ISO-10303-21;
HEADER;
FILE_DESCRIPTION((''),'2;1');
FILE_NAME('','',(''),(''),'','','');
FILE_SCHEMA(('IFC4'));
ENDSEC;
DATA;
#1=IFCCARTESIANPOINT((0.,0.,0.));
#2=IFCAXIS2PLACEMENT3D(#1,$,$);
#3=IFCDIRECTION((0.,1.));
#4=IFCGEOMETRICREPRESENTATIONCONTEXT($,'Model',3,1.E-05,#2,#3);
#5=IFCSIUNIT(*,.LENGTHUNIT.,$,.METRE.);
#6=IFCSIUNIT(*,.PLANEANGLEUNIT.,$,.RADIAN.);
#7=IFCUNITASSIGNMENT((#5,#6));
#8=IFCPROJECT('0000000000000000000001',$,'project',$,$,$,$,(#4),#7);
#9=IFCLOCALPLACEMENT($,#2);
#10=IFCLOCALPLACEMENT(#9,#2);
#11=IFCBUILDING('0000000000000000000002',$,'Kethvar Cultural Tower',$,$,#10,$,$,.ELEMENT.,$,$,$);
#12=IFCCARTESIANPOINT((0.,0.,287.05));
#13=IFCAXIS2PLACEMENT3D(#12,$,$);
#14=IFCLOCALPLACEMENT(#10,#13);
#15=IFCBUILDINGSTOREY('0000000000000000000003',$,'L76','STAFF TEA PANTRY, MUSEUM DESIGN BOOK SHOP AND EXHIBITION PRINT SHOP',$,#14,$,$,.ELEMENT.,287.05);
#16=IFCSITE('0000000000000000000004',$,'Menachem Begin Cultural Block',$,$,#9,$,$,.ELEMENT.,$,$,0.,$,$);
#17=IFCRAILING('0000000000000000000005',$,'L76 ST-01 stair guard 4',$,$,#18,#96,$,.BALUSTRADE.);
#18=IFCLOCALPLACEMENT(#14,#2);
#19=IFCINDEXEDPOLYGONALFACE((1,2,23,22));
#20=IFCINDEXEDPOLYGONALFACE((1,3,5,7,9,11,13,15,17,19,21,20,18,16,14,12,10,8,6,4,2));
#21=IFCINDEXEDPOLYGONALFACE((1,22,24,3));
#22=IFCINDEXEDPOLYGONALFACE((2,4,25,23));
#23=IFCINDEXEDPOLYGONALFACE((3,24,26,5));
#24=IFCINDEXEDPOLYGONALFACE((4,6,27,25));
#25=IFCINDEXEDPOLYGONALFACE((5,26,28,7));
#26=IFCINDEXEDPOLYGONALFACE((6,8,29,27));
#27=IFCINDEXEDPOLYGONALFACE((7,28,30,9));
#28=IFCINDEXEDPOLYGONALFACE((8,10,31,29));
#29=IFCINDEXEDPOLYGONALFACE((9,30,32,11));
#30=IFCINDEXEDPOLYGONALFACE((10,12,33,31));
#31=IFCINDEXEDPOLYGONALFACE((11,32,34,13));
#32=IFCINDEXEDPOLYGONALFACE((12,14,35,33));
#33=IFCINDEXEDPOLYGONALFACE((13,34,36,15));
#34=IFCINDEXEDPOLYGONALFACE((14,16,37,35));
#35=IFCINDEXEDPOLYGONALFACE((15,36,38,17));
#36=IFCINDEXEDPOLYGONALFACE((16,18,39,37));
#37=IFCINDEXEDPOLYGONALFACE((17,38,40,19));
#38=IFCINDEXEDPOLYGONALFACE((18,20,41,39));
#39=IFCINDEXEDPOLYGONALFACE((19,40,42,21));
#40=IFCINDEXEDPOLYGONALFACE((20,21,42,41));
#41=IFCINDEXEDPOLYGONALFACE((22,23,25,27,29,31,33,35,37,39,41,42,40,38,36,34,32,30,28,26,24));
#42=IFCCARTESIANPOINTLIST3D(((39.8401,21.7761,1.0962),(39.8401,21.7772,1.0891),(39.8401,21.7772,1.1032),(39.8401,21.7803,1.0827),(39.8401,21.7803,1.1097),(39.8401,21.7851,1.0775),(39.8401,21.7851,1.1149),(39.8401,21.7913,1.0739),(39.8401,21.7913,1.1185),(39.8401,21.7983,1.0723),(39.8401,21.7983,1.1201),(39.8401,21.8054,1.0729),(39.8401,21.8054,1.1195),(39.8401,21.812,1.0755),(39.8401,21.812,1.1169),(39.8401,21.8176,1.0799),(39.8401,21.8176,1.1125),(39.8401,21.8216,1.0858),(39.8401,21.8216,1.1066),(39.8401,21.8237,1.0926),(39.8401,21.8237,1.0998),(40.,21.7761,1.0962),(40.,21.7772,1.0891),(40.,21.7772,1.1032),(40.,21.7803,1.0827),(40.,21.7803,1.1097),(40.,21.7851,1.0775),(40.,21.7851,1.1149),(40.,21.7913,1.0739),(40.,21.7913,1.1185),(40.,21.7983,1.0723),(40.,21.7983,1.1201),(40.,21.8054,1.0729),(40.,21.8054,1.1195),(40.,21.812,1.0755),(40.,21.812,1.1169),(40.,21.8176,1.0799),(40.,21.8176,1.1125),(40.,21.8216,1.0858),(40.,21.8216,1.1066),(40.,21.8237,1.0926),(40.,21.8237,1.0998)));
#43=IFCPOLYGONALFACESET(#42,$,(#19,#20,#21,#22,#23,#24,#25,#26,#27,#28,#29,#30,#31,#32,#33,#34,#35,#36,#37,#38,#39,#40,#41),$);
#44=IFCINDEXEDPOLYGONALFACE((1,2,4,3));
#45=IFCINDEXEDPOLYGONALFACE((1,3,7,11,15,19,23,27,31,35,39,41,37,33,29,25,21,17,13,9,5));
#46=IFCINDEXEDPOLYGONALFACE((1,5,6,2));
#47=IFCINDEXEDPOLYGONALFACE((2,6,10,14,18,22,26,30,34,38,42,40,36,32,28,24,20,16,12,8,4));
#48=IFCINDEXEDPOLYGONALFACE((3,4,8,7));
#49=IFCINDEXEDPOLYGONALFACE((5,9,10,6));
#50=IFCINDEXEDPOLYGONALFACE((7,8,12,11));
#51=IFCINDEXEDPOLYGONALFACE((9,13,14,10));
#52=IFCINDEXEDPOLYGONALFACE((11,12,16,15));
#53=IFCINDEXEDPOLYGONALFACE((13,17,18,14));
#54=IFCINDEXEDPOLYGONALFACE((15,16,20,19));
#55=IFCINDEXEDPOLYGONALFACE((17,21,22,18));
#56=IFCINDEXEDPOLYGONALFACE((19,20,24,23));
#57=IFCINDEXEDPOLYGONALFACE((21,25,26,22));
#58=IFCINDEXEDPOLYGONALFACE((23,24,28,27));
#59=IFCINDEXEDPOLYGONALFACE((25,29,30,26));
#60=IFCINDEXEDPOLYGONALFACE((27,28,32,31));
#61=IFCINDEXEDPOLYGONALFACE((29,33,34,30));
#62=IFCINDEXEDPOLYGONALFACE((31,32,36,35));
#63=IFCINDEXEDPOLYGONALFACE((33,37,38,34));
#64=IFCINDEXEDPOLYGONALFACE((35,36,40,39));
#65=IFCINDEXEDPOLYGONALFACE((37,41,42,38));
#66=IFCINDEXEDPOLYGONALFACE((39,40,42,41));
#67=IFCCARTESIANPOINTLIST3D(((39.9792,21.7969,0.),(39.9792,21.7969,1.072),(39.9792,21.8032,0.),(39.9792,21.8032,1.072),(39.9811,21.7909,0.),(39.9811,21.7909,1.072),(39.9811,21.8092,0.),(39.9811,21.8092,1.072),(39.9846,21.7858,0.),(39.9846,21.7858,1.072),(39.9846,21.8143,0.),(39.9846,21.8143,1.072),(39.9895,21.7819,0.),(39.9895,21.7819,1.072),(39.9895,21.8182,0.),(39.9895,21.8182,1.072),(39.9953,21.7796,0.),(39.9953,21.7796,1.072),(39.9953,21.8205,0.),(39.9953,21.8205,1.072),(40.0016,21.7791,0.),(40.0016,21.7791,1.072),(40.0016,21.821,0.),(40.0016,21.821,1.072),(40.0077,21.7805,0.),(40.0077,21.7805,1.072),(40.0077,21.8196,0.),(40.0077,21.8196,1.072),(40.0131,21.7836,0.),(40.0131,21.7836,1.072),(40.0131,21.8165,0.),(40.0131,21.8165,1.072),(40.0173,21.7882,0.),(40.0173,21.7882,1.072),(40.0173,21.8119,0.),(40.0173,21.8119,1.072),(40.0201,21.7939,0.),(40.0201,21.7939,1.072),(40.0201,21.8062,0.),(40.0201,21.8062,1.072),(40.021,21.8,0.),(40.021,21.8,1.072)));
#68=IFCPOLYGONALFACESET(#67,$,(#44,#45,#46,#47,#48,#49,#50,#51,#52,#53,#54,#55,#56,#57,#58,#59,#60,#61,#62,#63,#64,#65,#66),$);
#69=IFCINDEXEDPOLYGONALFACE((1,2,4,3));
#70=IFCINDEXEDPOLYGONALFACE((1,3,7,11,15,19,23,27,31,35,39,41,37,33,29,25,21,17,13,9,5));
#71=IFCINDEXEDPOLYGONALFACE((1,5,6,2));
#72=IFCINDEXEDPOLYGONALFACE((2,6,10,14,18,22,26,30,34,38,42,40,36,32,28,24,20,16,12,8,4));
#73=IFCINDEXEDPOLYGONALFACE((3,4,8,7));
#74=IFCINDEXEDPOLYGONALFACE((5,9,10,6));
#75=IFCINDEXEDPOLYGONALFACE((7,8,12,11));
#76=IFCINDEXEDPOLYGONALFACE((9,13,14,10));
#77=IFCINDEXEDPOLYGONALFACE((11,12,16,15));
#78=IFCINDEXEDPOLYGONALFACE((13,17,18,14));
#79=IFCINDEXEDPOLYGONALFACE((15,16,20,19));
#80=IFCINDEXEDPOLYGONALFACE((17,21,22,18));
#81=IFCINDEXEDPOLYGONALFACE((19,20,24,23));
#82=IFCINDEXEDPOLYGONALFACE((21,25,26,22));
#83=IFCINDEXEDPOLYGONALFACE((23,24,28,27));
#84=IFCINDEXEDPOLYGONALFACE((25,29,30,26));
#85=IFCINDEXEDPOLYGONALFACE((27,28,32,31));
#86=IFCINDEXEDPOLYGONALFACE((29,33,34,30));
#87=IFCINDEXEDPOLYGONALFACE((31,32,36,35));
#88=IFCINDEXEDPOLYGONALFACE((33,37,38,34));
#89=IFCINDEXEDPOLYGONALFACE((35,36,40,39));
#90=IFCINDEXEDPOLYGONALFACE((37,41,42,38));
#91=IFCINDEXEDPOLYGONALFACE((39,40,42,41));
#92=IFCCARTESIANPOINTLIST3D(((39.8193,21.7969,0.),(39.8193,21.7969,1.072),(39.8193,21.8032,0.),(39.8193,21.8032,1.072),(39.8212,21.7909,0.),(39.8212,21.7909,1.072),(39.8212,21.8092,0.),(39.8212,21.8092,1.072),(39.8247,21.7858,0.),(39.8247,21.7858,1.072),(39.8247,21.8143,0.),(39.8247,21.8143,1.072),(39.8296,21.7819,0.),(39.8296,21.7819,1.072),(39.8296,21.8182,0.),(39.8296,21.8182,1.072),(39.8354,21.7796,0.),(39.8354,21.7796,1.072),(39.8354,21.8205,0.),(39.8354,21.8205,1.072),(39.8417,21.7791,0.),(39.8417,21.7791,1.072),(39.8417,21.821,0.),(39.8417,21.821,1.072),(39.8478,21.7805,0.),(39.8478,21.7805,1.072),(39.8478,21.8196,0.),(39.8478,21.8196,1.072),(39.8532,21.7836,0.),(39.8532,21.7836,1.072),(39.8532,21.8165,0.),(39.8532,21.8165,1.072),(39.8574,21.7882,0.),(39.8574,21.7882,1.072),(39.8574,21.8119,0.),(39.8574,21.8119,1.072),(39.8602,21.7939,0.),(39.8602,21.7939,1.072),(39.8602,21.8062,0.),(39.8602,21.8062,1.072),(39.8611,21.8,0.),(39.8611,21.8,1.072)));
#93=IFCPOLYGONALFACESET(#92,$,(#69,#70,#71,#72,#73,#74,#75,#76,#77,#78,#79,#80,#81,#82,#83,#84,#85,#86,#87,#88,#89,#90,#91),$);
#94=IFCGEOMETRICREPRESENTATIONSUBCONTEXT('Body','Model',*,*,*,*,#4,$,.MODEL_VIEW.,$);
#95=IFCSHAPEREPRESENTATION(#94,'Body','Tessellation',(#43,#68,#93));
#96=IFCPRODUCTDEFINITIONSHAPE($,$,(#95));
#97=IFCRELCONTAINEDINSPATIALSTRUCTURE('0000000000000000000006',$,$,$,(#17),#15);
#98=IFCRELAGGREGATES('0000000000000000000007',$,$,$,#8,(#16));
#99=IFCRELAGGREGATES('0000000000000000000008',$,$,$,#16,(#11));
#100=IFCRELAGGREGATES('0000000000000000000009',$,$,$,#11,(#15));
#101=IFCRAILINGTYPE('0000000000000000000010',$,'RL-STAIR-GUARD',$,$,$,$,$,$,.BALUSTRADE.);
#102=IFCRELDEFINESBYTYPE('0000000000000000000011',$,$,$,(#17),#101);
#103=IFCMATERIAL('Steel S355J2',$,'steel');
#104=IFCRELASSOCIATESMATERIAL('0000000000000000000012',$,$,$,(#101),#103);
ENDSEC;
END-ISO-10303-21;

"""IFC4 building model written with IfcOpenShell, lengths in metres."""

from ifc_helpers import new_model, si_unit, direction, frame, origin, origin_2d, place, context, subcontext, project, spatial, circle, extrude, material, type_object, element, save


model = new_model("IFC4")

# Units and contexts
model_context = context("Model", 3, precision=1e-05, world=origin(), true_north=direction((0.0, 1.0)))
body_context = subcontext(model_context, "Body", "Model", "MODEL_VIEW")
ifc_project = project(units=[si_unit("LENGTHUNIT", "METRE"), si_unit("PLANEANGLEUNIT", "RADIAN")], contexts=[model_context])

# Site, building, storey
site_placement = place(None, origin())
site = spatial("IfcSite", under=ifc_project, at=site_placement, Name="Menachem Begin Cultural Block", CompositionType="ELEMENT", RefElevation=0.0)
building_placement = place(site_placement, origin())
building = spatial("IfcBuilding", under=site, at=building_placement, Name="Kethvar Cultural Tower", CompositionType="ELEMENT")
storey_placement = place(building_placement, frame((0.0, 0.0, 287.05)))
storey = spatial("IfcBuildingStorey", under=building, at=storey_placement, Name="L76", Description="STAFF TEA PANTRY, MUSEUM DESIGN BOOK SHOP AND EXHIBITION PRINT SHOP", CompositionType="ELEMENT", Elevation=287.05)

# Shared definitions
ifc_material_1 = material(Name="Steel S355J2", Category="steel")

# Railing
railing_type_1 = type_object("IfcRailingType", Name="RL-STAIR-GUARD", PredefinedType="BALUSTRADE", material=ifc_material_1)
railing_1_placement = place(storey_placement, frame((40.0, 21.8, 0.0)))
element("IfcRailing", 1, at=railing_1_placement, inside=storey, type_object=railing_type_1, Name="L76 ST-01 stair guard 4", PredefinedType="BALUSTRADE", context=body_context, shape_type="SweptSolid", body=[
    extrude(circle(Radius=0.0239, at=origin_2d()), frame((0.0, 0.0, 1.0962), z_axis=(-1.0, 0.0, 0.0), x_axis=(0.0, -1.0, 0.0)), (0.0, 0.0, 1.0), 0.1599),
    extrude(circle(Radius=0.021, at=origin_2d()), origin(), (0.0, 0.0, 1.0), 1.072),
    extrude(circle(Radius=0.021, at=origin_2d()), frame((-0.1599, 0.0, 0.0)), (0.0, 0.0, 1.0), 1.072),
])

save(model, "model.ifc")
